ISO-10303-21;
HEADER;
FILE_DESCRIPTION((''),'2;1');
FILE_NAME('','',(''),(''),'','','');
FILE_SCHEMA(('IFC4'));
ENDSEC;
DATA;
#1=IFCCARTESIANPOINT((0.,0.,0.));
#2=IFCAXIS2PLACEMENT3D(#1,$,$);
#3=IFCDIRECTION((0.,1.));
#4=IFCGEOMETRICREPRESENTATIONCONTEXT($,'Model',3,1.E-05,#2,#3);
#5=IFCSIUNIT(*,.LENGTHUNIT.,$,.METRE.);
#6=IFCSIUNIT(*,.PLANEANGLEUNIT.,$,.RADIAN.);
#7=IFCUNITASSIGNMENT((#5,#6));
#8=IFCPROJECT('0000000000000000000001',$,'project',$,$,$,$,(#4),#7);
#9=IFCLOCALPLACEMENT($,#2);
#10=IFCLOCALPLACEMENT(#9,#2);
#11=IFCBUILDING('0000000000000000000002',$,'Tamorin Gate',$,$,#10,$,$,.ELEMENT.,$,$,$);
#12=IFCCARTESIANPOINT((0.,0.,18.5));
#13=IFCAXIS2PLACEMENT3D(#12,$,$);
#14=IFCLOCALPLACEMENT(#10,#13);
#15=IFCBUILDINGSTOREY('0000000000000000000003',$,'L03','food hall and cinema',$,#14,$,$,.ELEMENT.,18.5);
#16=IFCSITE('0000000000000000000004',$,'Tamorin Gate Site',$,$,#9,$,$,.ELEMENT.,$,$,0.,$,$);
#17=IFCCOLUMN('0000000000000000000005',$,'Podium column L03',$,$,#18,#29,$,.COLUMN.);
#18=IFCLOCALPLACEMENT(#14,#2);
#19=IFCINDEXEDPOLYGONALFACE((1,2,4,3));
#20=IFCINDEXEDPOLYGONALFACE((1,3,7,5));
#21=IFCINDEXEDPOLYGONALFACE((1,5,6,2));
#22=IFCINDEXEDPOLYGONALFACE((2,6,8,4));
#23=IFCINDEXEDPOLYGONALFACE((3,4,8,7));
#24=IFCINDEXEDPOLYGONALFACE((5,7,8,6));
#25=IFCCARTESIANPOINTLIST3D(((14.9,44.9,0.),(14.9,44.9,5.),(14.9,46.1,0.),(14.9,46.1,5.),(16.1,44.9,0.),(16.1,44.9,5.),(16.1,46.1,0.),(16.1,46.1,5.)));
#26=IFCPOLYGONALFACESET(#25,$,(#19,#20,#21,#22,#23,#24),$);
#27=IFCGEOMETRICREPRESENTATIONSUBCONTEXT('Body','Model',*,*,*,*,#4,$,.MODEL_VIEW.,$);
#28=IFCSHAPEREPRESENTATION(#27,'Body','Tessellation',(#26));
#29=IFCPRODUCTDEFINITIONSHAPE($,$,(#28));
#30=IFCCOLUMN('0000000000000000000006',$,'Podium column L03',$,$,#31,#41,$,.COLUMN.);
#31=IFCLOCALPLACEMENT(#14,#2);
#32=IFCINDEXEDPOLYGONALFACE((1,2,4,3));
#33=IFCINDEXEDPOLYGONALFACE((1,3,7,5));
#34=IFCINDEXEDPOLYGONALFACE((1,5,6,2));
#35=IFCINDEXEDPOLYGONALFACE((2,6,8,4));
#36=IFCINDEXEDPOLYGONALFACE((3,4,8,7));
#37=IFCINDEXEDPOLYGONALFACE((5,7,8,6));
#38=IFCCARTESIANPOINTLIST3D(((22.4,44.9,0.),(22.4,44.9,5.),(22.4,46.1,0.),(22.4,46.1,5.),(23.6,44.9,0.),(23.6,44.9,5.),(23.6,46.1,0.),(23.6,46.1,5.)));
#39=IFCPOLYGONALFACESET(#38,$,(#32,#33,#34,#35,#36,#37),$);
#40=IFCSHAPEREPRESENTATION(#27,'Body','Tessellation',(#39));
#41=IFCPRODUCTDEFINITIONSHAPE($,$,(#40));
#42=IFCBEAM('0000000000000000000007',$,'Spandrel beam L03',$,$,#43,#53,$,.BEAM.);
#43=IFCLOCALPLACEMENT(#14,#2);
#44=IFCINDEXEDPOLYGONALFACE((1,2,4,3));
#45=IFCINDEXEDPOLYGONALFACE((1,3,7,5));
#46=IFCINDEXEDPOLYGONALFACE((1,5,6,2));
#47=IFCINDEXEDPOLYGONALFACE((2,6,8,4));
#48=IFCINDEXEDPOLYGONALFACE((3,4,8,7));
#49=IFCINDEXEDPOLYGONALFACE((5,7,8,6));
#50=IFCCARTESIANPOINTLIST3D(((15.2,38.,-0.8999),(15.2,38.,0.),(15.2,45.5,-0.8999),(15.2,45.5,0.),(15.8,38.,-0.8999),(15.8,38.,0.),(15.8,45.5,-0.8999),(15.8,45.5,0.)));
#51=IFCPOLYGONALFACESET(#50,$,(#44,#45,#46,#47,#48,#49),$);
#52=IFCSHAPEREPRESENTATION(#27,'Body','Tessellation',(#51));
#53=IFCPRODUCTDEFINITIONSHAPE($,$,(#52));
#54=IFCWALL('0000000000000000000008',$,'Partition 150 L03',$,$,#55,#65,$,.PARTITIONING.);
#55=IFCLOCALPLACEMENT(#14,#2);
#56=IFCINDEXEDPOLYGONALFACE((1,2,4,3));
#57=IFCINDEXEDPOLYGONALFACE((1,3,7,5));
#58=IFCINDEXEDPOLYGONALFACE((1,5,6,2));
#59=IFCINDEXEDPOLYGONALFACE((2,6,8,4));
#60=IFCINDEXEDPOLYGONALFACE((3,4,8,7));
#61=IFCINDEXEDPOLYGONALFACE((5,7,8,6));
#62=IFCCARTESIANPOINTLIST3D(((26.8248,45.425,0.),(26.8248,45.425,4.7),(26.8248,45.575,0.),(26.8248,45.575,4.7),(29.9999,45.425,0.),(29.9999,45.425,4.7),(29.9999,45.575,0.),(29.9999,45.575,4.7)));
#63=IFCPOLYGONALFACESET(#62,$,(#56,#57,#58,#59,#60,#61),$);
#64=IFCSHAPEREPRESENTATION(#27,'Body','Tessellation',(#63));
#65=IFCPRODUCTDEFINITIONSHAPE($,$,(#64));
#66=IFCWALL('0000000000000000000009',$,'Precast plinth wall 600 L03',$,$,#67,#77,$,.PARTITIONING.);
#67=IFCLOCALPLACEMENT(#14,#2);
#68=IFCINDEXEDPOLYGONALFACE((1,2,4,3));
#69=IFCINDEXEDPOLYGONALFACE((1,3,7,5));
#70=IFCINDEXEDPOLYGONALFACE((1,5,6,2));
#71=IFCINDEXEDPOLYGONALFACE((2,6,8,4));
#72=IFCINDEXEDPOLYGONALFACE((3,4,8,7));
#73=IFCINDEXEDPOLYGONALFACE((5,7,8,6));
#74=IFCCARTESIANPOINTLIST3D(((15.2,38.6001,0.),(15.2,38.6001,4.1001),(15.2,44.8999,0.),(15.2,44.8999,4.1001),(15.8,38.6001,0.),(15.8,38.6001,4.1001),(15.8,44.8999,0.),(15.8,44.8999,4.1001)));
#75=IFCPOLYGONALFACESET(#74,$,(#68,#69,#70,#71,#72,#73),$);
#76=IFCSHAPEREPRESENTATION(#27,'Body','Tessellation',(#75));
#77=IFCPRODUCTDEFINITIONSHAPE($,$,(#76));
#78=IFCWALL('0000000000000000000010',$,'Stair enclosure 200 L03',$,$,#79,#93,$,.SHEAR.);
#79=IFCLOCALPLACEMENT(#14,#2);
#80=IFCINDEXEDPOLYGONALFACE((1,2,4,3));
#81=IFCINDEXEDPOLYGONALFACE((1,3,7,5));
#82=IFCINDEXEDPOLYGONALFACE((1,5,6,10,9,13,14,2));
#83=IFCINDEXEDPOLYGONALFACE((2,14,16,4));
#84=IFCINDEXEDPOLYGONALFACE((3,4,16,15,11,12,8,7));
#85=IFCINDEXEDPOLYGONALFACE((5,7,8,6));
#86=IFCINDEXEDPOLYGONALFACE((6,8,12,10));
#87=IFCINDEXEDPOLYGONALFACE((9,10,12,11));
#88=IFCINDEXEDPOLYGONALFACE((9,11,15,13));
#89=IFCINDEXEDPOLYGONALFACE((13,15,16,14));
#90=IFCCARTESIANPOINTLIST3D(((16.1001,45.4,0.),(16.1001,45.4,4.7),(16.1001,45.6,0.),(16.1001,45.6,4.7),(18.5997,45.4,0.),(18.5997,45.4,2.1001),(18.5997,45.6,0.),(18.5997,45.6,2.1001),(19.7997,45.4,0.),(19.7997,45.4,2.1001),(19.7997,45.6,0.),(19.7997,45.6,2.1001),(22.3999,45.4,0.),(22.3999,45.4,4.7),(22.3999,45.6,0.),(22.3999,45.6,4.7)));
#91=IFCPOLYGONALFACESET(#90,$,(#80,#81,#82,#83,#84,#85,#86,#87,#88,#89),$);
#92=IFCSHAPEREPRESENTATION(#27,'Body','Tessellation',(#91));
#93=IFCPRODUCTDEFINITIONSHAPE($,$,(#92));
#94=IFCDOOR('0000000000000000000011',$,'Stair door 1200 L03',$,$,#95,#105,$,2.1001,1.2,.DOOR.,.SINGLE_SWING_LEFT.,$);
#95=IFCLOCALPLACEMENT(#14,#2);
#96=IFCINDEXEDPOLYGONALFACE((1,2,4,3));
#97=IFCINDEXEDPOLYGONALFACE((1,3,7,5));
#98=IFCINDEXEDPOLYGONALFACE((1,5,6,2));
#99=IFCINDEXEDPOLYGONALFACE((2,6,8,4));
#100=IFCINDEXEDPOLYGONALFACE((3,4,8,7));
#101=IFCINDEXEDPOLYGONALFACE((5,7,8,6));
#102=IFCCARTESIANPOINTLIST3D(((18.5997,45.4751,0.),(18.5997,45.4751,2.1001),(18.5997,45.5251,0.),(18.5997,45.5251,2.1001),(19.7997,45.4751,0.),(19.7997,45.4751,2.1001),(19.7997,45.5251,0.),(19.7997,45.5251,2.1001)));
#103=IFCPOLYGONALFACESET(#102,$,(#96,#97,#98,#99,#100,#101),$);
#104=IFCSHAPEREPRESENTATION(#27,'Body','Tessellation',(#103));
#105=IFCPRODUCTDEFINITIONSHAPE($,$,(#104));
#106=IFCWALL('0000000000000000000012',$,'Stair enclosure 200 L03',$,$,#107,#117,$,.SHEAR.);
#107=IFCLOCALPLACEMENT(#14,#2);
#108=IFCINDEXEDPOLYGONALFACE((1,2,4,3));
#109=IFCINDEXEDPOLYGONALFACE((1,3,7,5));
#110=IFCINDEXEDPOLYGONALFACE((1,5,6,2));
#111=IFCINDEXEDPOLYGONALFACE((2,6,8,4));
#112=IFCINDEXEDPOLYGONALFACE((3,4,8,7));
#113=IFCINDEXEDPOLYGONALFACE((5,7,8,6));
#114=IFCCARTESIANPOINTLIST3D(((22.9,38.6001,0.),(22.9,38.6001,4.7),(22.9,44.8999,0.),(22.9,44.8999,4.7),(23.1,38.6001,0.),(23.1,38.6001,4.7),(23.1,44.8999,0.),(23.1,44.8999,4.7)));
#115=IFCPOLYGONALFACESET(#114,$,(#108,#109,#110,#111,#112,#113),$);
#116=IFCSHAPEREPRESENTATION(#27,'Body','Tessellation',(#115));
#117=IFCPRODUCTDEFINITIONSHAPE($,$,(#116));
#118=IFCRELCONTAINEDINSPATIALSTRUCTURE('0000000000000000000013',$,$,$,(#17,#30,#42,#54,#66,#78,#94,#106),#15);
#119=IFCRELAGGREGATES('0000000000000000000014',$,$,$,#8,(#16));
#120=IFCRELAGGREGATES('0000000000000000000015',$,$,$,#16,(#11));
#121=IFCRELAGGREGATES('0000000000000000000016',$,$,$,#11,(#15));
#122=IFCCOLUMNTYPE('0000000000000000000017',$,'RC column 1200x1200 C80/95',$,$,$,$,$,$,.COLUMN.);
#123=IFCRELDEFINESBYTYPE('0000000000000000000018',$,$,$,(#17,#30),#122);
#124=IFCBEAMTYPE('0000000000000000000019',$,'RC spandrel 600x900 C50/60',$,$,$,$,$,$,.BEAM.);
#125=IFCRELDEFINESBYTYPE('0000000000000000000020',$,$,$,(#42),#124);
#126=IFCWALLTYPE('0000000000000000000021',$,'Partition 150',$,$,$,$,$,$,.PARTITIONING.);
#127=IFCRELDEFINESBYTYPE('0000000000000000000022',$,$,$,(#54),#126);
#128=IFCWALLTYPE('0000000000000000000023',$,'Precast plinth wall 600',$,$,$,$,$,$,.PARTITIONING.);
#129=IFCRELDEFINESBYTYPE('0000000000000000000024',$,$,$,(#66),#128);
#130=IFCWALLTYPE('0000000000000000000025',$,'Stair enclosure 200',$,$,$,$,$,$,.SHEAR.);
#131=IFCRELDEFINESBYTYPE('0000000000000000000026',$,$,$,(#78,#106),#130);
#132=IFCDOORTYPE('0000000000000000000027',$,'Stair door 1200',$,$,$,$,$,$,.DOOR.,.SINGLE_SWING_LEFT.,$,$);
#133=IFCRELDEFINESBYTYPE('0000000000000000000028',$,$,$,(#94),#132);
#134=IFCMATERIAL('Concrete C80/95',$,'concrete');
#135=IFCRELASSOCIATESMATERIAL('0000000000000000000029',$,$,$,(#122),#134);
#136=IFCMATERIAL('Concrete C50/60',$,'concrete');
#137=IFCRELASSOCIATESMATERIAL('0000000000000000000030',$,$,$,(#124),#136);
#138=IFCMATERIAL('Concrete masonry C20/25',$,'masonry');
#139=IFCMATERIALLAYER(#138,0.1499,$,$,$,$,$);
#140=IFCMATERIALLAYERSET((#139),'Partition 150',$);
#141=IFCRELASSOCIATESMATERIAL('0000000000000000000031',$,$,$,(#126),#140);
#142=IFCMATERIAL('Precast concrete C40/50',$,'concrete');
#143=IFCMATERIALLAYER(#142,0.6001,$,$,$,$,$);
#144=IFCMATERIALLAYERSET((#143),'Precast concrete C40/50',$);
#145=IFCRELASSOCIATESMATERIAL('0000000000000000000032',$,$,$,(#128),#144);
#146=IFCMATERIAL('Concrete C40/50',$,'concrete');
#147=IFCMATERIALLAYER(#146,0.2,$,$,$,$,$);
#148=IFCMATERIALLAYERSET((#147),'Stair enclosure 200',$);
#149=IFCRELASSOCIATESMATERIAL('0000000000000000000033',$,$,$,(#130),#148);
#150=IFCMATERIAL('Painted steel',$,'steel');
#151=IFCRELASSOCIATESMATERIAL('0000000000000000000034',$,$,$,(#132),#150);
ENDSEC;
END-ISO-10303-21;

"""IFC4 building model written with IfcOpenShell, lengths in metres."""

from ifc_helpers import new_model, si_unit, direction, frame, frame_2d, origin, origin_2d, place, context, subcontext, project, spatial, rectangle, extrude, material, layer, layer_set, material_profile, profile_set, type_object, element, fill, save


model = new_model("IFC4")

# Units and contexts
model_context = context("Model", 3, precision=1e-05, world=origin(), true_north=direction((0.0, 1.0)))
body_context = subcontext(model_context, "Body", "Model", "MODEL_VIEW")
ifc_project = project(units=[si_unit("LENGTHUNIT", "METRE"), si_unit("PLANEANGLEUNIT", "RADIAN")], contexts=[model_context])

# Site, building, storey
site_placement = place(None, origin())
site = spatial("IfcSite", under=ifc_project, at=site_placement, Name="Tamorin Gate Site", CompositionType="ELEMENT", RefElevation=0.0)
building_placement = place(site_placement, origin())
building = spatial("IfcBuilding", under=site, at=building_placement, Name="Tamorin Gate", CompositionType="ELEMENT")
storey_placement = place(building_placement, frame((0.0, 0.0, 18.5)))
storey = spatial("IfcBuildingStorey", under=building, at=storey_placement, Name="L03", Description="food hall and cinema", CompositionType="ELEMENT", Elevation=18.5)

# Columns
ifc_material_1 = material(Name="Concrete C80/95", Category="concrete")
ifc_material_profile_1 = material_profile(ifc_material_1, rectangle(XDim=1.2, YDim=1.2, at=origin_2d()), Name="RC 1200x1200")
ifc_profile_set_1 = profile_set([ifc_material_profile_1], Name="Concrete C80/95")
column_type = type_object("IfcColumnType", Name="RC column 1200x1200 C80/95", PredefinedType="COLUMN", material=ifc_profile_set_1)
for number, where, z_axis, x_axis, name in (
    (1, (15.5, 45.5, 0.0), (0.0, 0.0, 1.0), (1.0, 0.0, 0.0), "Podium column L03"),
    (2, (23.0, 45.5, 0.0), (0.0, 0.0, 1.0), (1.0, 0.0, 0.0), "Podium column L03"),
):
    element("IfcColumn", number, at=place(storey_placement, frame(where, z_axis=z_axis, x_axis=x_axis)), inside=storey, type_object=column_type, Name=name, PredefinedType="COLUMN", context=body_context, shape_type="SweptSolid", body=[
        extrude(rectangle(XDim=1.2, YDim=1.2, at=origin_2d()), origin(), (0.0, 0.0, 1.0), 5.0),
    ])

# Beam
ifc_material_2 = material(Name="Concrete C50/60", Category="concrete")
ifc_material_profile_2 = material_profile(ifc_material_2, rectangle(XDim=0.6001, YDim=0.8999, at=origin_2d()), Name="RC 600x900")
ifc_profile_set_2 = profile_set([ifc_material_profile_2], Name="Concrete C50/60")
beam_type = type_object("IfcBeamType", Name="RC spandrel 600x900 C50/60", PredefinedType="BEAM", material=ifc_profile_set_2)
beam_placement = place(storey_placement, frame((15.5, 45.5, -0.45), z_axis=(0.0, -1.0, 0.0), x_axis=(1.0, 0.0, 0.0)))
element("IfcBeam", 3, at=beam_placement, inside=storey, type_object=beam_type, Name="Spandrel beam L03", PredefinedType="BEAM", context=body_context, shape_type="SweptSolid", body=[
    extrude(rectangle(XDim=0.6001, YDim=0.8999, at=origin_2d()), origin(), (0.0, 0.0, 1.0), 7.5),
])

# Shared definitions
ifc_material_3 = material(Name="Concrete masonry C20/25", Category="masonry")
ifc_layer_1 = layer(ifc_material_3, 0.1499)
ifc_layer_set_1 = layer_set([ifc_layer_1], Name="Partition 150")
wall_type_1 = type_object("IfcWallType", Name="Partition 150", PredefinedType="PARTITIONING", material=ifc_layer_set_1)

# Walls
wall_1_placement = place(storey_placement, frame((26.825, 45.5, 0.0), z_axis=(0.0, 0.0, 1.0), x_axis=(1.0, 0.0, 0.0)))
element("IfcWall", 4, at=wall_1_placement, inside=storey, type_object=wall_type_1, Name="Partition 150 L03", PredefinedType="PARTITIONING", context=body_context, shape_type="SweptSolid", body=[
    extrude(rectangle(XDim=3.175, YDim=0.1499, at=frame_2d((1.5874, 0.0))), origin(), (0.0, 0.0, 1.0), 4.7),
])
ifc_material_4 = material(Name="Precast concrete C40/50", Category="concrete")
ifc_layer_2 = layer(ifc_material_4, 0.6001)
ifc_layer_set_2 = layer_set([ifc_layer_2], Name="Precast concrete C40/50")
wall_type_2 = type_object("IfcWallType", Name="Precast plinth wall 600", PredefinedType="PARTITIONING", material=ifc_layer_set_2)
wall_2_placement = place(storey_placement, frame((15.5, 38.6001, 0.0), z_axis=(0.0, 0.0, 1.0), x_axis=(0.0, 1.0, 0.0)))
element("IfcWall", 5, at=wall_2_placement, inside=storey, type_object=wall_type_2, Name="Precast plinth wall 600 L03", PredefinedType="PARTITIONING", context=body_context, shape_type="SweptSolid", body=[
    extrude(rectangle(XDim=6.2998, YDim=0.6001, at=frame_2d((3.1499, 0.0))), origin(), (0.0, 0.0, 1.0), 4.1001),
])

# Wall, opening, door
ifc_material_5 = material(Name="Concrete C40/50", Category="concrete")
ifc_layer_3 = layer(ifc_material_5, 0.2)
ifc_layer_set_3 = layer_set([ifc_layer_3], Name="Stair enclosure 200")
wall_type_3 = type_object("IfcWallType", Name="Stair enclosure 200", PredefinedType="SHEAR", material=ifc_layer_set_3)
wall_3_placement = place(storey_placement, frame((22.3999, 45.5, 0.0), z_axis=(0.0, 0.0, 1.0), x_axis=(-1.0, 0.0, 0.0)))
wall_3 = element("IfcWall", 6, at=wall_3_placement, inside=storey, type_object=wall_type_3, Name="Stair enclosure 200 L03", PredefinedType="SHEAR", context=body_context, shape_type="SweptSolid", body=[
    extrude(rectangle(XDim=6.2998, YDim=0.2, at=frame_2d((3.1499, 0.0))), origin(), (0.0, 0.0, 1.0), 4.7),
])
opening_1_placement = place(wall_3_placement, frame((2.6001, 0.0, 0.0)))
opening_1 = element("IfcOpeningElement", 7, at=opening_1_placement, cuts=wall_3, PredefinedType="OPENING", context=body_context, shape_type="SweptSolid", body=[
    extrude(rectangle(XDim=1.2, YDim=2.1001, at=frame_2d((0.6001, 1.05))), frame((0.0, 0.1099, 0.0), z_axis=(0.0, -1.0, 0.0), x_axis=(1.0, 0.0, 0.0)), (0.0, 0.0, 1.0), 0.22),
])
ifc_material_6 = material(Name="Painted steel", Category="steel")
door_type_1 = type_object("IfcDoorType", Name="Stair door 1200", OperationType="SINGLE_SWING_LEFT", PredefinedType="DOOR", material=ifc_material_6)
door_1_placement = place(opening_1_placement, origin())
door_1 = element("IfcDoor", 8, at=door_1_placement, inside=storey, type_object=door_type_1, Name="Stair door 1200 L03", OperationType="SINGLE_SWING_LEFT", OverallHeight=2.1001, OverallWidth=1.2, PredefinedType="DOOR", context=body_context, shape_type="SweptSolid", body=[
    extrude(rectangle(XDim=1.2, YDim=2.1001, at=frame_2d((0.6001, 1.05))), frame((0.0, 0.0249, 0.0), z_axis=(0.0, -1.0, 0.0), x_axis=(1.0, 0.0, 0.0)), (0.0, 0.0, 1.0), 0.05),
])
fill(opening_1, door_1)

# Wall
wall_4_placement = place(storey_placement, frame((23.0, 38.6001, 0.0), z_axis=(0.0, 0.0, 1.0), x_axis=(0.0, 1.0, 0.0)))
element("IfcWall", 9, at=wall_4_placement, inside=storey, type_object=wall_type_3, Name="Stair enclosure 200 L03", PredefinedType="SHEAR", context=body_context, shape_type="SweptSolid", body=[
    extrude(rectangle(XDim=6.2998, YDim=0.2, at=frame_2d((3.1499, 0.0))), origin(), (0.0, 0.0, 1.0), 4.7),
])

save(model, "model.ifc")
